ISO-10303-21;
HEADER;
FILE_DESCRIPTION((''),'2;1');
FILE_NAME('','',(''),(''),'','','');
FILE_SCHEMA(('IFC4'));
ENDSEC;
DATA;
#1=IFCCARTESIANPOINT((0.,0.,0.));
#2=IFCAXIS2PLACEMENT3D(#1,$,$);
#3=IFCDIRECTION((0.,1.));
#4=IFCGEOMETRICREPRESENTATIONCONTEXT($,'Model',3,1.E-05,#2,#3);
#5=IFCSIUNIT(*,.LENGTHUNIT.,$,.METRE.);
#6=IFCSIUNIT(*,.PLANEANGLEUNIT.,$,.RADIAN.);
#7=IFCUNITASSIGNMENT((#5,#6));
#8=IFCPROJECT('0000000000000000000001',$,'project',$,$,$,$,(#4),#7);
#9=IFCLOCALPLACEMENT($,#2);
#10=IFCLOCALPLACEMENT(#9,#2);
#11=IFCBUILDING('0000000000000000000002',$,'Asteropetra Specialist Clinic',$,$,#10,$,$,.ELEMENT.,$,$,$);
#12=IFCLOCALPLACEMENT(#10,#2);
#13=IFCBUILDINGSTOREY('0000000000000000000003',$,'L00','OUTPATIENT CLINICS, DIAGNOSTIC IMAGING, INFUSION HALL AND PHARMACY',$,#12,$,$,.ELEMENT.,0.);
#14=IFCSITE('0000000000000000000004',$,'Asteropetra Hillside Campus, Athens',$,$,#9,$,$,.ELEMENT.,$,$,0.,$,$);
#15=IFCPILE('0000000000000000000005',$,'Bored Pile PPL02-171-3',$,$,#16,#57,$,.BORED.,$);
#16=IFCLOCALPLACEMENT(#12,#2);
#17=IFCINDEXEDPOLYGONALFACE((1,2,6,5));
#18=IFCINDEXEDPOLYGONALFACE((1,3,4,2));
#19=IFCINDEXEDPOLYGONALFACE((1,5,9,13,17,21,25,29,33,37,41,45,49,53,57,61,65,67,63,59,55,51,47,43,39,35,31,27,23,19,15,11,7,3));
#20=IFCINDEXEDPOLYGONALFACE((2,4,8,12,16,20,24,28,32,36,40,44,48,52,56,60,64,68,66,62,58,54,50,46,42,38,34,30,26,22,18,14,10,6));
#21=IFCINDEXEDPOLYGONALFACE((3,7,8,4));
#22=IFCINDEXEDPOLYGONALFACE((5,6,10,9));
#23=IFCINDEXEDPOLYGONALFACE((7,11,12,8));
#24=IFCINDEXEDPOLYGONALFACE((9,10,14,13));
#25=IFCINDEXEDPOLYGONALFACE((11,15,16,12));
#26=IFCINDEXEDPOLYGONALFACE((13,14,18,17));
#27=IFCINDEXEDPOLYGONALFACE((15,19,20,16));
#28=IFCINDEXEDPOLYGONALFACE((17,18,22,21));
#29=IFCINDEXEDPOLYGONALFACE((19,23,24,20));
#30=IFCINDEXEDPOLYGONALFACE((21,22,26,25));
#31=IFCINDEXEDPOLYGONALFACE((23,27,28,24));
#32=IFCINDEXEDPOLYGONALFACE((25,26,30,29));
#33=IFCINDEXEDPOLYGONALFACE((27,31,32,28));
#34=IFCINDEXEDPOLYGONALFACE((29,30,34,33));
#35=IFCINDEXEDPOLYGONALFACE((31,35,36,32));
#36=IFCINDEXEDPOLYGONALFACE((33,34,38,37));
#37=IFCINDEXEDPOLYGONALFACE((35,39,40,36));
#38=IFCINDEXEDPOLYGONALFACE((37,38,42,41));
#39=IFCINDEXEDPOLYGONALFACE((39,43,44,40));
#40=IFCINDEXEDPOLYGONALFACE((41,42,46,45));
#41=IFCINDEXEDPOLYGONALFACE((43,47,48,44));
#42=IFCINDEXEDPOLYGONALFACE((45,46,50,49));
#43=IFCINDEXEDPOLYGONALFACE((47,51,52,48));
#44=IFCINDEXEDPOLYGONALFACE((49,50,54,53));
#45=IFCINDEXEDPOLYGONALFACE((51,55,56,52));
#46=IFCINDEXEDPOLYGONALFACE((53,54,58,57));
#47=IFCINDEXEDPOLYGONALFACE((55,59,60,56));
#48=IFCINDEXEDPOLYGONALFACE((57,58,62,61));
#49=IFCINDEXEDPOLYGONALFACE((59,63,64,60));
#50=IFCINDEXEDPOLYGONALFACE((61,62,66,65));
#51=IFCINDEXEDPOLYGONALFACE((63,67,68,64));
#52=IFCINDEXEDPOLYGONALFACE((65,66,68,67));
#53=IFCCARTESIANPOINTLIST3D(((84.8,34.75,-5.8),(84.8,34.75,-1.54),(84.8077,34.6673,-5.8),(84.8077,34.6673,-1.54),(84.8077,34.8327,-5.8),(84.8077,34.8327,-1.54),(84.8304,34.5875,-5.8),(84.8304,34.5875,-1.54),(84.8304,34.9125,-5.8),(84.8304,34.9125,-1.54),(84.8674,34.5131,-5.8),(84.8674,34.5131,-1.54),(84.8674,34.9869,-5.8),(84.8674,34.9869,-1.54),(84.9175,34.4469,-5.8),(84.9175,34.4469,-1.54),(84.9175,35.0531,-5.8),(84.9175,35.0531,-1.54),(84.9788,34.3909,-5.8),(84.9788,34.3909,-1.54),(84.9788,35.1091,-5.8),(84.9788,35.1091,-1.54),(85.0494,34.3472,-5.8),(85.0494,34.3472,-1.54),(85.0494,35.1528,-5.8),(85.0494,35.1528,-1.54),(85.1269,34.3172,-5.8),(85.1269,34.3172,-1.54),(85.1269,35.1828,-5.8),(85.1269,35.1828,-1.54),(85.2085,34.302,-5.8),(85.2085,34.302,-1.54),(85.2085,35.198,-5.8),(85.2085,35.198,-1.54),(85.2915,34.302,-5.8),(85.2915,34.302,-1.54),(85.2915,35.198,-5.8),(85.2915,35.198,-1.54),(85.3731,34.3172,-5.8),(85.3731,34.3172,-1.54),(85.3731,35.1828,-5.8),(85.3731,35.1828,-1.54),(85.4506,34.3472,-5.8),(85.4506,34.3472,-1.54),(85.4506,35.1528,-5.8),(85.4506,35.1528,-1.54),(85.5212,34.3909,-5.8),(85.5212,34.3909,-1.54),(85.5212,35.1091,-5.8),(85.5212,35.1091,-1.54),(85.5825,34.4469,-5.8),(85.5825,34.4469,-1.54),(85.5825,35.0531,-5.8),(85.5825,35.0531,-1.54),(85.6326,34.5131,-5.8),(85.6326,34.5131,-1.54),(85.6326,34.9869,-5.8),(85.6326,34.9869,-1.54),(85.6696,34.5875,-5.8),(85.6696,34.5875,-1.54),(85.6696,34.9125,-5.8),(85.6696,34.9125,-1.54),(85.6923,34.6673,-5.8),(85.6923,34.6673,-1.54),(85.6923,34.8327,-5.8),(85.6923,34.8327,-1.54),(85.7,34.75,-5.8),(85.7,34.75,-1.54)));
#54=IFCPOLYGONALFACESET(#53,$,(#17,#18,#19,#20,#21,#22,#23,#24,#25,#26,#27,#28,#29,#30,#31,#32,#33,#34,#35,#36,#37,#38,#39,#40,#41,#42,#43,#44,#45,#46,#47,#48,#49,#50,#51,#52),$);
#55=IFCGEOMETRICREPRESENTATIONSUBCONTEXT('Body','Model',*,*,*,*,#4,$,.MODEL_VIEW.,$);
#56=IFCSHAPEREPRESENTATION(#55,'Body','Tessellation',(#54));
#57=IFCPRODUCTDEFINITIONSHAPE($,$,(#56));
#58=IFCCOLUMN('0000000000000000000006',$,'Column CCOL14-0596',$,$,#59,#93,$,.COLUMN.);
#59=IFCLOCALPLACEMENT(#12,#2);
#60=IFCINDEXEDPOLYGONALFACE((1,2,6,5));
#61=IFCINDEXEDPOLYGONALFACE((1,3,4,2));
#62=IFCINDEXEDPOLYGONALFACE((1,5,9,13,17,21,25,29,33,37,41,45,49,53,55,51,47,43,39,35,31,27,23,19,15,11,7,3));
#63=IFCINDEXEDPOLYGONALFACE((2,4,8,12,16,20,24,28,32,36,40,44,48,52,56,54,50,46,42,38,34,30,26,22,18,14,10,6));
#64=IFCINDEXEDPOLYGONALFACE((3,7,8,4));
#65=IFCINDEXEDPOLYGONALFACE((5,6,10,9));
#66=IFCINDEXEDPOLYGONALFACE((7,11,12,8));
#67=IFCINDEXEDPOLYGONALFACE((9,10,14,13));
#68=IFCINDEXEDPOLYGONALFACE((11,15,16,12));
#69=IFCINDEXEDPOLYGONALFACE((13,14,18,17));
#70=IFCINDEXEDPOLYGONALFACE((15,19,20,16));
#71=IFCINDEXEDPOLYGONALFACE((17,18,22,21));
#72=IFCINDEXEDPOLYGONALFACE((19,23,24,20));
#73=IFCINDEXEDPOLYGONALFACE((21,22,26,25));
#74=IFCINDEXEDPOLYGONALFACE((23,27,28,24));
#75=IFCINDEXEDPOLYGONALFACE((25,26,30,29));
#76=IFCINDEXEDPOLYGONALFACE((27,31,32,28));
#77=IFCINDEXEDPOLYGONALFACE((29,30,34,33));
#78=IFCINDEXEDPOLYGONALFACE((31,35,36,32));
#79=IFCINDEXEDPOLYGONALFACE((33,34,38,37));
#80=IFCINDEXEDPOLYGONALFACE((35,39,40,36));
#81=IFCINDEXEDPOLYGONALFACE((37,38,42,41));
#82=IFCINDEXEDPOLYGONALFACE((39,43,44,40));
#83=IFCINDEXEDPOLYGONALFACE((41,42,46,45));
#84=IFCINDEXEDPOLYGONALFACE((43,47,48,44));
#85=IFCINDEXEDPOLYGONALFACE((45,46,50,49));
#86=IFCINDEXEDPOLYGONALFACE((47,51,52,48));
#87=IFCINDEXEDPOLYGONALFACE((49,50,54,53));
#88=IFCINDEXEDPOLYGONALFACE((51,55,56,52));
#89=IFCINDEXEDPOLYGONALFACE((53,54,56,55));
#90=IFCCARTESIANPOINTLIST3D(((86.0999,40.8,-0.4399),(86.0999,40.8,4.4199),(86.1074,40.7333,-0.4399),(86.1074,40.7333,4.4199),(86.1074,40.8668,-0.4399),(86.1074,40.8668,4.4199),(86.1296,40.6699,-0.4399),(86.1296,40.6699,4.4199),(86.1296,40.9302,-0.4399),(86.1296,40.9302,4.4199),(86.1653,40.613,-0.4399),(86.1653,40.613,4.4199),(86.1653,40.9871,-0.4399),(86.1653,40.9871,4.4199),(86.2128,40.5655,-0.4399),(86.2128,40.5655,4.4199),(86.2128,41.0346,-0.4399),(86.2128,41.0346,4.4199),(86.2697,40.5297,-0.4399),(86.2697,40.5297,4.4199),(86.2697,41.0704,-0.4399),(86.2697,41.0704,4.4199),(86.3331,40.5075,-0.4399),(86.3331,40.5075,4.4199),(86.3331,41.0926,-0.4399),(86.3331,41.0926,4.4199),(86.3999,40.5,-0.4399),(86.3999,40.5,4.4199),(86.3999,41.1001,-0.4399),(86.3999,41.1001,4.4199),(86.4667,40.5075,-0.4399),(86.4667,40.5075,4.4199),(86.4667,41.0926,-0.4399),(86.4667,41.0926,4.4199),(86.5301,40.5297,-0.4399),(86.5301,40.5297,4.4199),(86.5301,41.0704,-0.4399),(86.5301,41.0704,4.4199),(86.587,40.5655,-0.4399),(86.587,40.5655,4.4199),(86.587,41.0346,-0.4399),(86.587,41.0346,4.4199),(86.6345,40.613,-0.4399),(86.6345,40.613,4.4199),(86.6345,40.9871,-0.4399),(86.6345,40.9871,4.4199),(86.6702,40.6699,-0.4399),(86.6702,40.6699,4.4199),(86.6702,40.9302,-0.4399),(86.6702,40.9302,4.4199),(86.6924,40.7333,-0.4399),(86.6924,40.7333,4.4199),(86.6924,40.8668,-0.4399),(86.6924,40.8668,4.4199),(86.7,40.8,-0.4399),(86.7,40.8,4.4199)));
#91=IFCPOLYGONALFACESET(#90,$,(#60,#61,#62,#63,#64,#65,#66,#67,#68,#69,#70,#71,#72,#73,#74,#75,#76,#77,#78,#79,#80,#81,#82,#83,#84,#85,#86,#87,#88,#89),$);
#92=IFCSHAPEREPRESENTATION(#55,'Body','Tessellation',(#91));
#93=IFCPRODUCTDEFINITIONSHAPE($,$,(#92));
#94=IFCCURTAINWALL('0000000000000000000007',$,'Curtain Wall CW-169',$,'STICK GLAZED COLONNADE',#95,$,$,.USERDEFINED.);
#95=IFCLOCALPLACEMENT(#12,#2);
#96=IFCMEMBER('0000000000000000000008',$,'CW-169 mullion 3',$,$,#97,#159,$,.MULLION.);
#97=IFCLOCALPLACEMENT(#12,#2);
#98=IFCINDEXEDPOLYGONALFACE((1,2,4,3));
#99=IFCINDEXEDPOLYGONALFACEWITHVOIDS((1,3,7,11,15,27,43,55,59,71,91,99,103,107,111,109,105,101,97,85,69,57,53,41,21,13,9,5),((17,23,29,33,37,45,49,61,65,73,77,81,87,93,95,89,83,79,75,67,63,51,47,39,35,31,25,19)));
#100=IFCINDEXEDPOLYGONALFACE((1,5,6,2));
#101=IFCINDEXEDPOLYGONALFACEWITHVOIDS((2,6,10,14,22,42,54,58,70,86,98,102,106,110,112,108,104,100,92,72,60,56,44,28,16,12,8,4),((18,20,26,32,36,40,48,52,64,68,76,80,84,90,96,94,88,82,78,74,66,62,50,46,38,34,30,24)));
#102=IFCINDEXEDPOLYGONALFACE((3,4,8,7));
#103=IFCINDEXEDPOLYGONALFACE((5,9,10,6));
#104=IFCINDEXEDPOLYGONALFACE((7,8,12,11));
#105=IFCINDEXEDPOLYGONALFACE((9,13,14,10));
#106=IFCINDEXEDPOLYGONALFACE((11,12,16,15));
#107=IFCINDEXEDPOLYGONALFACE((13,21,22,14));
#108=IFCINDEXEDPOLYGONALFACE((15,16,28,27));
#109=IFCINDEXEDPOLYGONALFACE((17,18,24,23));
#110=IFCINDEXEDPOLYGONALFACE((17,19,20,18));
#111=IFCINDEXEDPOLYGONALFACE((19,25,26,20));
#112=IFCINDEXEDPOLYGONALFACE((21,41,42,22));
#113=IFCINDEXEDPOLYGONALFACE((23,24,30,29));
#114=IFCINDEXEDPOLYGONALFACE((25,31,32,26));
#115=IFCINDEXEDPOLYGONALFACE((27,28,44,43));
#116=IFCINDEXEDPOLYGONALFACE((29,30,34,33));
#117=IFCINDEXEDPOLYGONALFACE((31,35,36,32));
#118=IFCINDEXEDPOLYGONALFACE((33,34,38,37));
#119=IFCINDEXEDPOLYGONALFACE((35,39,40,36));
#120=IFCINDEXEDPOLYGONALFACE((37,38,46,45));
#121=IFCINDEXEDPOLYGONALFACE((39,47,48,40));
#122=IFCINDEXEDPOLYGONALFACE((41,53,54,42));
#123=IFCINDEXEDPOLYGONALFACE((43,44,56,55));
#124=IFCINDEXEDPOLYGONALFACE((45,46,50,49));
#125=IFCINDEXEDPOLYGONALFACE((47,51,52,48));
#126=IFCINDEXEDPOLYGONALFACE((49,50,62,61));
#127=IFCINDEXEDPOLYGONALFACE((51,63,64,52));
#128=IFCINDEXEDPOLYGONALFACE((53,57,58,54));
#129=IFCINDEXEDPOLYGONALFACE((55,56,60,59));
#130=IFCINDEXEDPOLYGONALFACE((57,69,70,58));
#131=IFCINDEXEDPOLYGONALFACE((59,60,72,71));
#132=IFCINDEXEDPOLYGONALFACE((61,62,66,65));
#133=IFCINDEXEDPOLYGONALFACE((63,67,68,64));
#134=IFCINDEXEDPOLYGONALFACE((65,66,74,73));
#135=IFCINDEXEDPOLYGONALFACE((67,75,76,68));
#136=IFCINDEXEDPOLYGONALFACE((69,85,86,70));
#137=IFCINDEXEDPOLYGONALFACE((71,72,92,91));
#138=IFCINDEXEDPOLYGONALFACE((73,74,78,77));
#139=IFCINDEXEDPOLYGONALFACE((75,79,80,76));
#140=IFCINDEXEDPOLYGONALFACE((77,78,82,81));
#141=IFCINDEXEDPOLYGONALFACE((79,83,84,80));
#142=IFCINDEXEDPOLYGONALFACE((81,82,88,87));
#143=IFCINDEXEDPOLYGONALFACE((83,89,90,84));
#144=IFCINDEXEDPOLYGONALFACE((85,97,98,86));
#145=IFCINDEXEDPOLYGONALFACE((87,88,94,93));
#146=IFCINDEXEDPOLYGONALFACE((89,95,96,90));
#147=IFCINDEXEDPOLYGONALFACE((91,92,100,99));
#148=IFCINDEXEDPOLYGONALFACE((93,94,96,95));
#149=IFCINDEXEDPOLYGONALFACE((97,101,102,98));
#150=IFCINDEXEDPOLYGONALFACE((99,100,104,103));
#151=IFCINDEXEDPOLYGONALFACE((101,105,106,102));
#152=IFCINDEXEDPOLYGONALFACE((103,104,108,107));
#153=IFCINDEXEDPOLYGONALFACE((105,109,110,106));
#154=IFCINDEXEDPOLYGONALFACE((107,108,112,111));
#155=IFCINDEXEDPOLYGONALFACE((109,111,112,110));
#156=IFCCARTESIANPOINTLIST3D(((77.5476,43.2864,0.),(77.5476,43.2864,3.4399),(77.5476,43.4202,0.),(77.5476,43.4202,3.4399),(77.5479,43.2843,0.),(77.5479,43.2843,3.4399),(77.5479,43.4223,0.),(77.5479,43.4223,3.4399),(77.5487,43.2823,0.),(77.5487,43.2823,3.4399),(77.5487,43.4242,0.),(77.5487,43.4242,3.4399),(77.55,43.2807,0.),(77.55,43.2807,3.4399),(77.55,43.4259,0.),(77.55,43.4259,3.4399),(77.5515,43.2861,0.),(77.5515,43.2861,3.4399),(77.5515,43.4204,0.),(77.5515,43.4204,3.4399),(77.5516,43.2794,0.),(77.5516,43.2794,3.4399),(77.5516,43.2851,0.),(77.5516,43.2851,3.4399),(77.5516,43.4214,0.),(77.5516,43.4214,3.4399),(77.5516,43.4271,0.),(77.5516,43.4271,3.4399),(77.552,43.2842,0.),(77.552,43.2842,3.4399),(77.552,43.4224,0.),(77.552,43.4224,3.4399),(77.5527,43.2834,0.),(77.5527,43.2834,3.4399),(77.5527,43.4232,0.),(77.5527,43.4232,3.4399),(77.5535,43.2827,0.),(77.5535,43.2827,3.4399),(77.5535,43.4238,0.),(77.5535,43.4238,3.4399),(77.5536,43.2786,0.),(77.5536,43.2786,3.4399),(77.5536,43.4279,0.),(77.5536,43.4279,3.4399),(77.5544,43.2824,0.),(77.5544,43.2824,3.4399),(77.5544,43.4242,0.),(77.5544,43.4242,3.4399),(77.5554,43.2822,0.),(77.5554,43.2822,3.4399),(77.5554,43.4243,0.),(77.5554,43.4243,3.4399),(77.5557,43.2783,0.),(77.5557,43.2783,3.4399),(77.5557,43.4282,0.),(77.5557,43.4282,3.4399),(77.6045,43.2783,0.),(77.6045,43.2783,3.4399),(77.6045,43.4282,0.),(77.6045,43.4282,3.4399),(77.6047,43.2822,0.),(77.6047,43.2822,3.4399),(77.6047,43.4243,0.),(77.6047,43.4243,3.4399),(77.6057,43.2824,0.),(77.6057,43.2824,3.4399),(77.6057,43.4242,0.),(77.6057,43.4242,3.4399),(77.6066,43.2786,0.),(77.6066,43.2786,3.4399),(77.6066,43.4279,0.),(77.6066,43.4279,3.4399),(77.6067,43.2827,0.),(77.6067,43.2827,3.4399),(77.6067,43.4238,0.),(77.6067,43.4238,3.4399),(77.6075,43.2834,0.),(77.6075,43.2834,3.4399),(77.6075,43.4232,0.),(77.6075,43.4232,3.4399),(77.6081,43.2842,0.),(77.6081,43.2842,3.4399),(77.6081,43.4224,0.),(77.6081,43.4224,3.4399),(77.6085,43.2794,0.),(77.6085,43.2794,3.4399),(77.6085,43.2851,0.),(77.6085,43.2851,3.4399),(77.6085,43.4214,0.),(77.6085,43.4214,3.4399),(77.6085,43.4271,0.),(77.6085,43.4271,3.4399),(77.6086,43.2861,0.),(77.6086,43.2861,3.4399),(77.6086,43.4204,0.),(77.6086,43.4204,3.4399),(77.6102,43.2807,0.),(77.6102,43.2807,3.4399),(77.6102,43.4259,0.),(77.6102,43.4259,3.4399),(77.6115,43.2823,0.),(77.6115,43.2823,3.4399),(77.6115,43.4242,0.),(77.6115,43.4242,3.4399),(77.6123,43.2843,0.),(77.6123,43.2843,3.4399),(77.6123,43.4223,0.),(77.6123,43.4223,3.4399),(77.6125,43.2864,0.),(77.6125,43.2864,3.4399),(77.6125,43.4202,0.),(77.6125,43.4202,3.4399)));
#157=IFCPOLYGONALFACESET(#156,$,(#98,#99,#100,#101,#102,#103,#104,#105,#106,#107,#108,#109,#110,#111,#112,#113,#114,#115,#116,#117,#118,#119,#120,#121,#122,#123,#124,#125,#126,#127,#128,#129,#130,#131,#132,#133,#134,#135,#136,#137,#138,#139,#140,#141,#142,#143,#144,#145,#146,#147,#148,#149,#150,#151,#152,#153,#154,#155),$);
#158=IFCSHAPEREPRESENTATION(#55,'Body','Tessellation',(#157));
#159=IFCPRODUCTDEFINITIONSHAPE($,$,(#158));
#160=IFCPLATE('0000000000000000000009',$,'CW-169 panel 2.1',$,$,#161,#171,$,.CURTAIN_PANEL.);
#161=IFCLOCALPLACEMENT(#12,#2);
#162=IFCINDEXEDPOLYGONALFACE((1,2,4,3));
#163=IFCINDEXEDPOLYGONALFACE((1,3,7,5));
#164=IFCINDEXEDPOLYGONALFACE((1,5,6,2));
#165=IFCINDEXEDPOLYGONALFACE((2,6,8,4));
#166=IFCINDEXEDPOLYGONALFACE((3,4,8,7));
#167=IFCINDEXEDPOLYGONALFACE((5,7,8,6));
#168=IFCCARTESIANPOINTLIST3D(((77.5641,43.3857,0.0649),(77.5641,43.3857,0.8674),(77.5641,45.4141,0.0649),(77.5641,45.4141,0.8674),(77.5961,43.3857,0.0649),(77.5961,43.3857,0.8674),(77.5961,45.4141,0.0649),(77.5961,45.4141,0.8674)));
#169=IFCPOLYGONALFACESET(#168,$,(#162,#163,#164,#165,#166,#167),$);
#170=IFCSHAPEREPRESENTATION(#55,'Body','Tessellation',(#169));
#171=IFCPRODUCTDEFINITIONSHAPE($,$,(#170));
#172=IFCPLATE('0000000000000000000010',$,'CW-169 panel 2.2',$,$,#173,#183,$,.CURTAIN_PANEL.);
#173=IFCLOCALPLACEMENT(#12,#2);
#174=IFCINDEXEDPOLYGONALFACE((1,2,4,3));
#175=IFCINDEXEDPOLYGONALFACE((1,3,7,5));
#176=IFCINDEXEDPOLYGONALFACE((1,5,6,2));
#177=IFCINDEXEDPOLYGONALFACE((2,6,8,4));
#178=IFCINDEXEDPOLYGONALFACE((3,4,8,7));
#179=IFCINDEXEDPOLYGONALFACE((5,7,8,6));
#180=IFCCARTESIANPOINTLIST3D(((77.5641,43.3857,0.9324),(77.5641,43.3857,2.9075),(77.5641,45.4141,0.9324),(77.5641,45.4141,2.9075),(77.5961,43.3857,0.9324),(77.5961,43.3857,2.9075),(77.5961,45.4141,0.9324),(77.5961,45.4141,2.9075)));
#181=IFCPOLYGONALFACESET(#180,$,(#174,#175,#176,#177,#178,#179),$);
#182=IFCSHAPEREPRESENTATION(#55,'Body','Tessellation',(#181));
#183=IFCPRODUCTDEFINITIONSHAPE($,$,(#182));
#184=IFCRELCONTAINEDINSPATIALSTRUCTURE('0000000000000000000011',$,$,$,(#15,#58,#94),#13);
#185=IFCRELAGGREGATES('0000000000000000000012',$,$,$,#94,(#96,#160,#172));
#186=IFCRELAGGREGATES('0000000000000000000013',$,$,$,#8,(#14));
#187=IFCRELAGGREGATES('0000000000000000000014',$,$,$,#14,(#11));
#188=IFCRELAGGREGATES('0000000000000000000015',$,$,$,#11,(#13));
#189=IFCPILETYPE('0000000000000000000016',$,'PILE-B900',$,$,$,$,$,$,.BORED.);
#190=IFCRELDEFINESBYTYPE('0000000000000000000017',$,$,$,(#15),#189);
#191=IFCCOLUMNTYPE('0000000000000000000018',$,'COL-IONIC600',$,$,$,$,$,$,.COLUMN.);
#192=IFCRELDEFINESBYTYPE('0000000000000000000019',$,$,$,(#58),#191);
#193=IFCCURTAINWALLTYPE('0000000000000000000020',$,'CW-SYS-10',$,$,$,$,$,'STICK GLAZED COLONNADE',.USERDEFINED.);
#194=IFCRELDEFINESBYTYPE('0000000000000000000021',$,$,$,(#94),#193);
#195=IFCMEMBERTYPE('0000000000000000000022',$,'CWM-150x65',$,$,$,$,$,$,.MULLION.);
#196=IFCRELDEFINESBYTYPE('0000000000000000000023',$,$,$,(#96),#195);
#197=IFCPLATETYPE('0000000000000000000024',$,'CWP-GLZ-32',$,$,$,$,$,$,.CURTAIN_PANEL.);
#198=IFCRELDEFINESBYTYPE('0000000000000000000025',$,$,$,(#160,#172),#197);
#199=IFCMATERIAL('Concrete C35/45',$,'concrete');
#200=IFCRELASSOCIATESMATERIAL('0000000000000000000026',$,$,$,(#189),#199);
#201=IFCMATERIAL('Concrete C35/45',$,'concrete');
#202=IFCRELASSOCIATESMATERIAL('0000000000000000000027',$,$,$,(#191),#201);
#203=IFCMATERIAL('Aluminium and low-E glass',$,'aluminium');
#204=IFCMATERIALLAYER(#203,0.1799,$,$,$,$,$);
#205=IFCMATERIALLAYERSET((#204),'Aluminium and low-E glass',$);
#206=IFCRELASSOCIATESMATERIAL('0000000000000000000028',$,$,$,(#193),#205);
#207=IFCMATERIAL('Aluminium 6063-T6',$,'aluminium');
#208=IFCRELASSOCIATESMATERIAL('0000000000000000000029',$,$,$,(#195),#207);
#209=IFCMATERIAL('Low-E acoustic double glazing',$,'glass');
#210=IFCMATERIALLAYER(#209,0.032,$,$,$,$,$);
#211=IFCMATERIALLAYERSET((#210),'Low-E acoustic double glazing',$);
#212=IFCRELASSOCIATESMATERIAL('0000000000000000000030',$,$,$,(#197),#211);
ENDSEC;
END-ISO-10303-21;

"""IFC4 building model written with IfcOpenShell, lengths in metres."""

from ifc_helpers import new_model, si_unit, direction, frame, origin, origin_2d, place, context, subcontext, project, spatial, rectangle, hollow_rectangle, circle, extrude, material, layer, layer_set, material_profile, profile_set, type_object, element, aggregate, save


model = new_model("IFC4")

# Units and contexts
model_context = context("Model", 3, precision=1e-05, world=origin(), true_north=direction((0.0, 1.0)))
body_context = subcontext(model_context, "Body", "Model", "MODEL_VIEW")
ifc_project = project(units=[si_unit("LENGTHUNIT", "METRE"), si_unit("PLANEANGLEUNIT", "RADIAN")], contexts=[model_context])

# Site, building, storey
site_placement = place(None, origin())
site = spatial("IfcSite", under=ifc_project, at=site_placement, Name="Asteropetra Hillside Campus, Athens", CompositionType="ELEMENT", RefElevation=0.0)
building_placement = place(site_placement, origin())
building = spatial("IfcBuilding", under=site, at=building_placement, Name="Asteropetra Specialist Clinic", CompositionType="ELEMENT")
storey_placement = place(building_placement, origin())
storey = spatial("IfcBuildingStorey", under=building, at=storey_placement, Name="L00", Description="OUTPATIENT CLINICS, DIAGNOSTIC IMAGING, INFUSION HALL AND PHARMACY", CompositionType="ELEMENT", Elevation=0.0)

# Pile
ifc_material_1 = material(Name="Concrete C35/45", Category="concrete")
ifc_material_profile_1 = material_profile(ifc_material_1, circle(Radius=0.45, at=origin_2d()), Name="PILE D900")
ifc_profile_set_1 = profile_set([ifc_material_profile_1], Name="Concrete C35/45")
pile_type_1 = type_object("IfcPileType", Name="PILE-B900", PredefinedType="BORED", material=ifc_profile_set_1)
pile_placement = place(storey_placement, frame((85.25, 34.75, -1.54), z_axis=(0.0, 0.0, -1.0), x_axis=(1.0, 0.0, 0.0)))
element("IfcPile", 1, at=pile_placement, inside=storey, type_object=pile_type_1, Name="Bored Pile PPL02-171-3", PredefinedType="BORED", context=body_context, shape_type="SweptSolid", body=[
    extrude(circle(Radius=0.45, at=origin_2d()), origin(), (0.0, 0.0, 1.0), 4.26),
])

# Column
ifc_material_2 = material(Name="Concrete C35/45", Category="concrete")
ifc_material_profile_2 = material_profile(ifc_material_2, circle(Radius=0.3, at=origin_2d()), Name="RCC D600")
ifc_profile_set_2 = profile_set([ifc_material_profile_2], Name="Concrete C35/45")
column_type = type_object("IfcColumnType", Name="COL-IONIC600", PredefinedType="COLUMN", material=ifc_profile_set_2)
column_placement = place(storey_placement, frame((86.3999, 40.8, -0.4399), z_axis=(0.0, 0.0, 1.0), x_axis=(1.0, 0.0, 0.0)))
element("IfcColumn", 2, at=column_placement, inside=storey, type_object=column_type, Name="Column CCOL14-0596", PredefinedType="COLUMN", context=body_context, shape_type="SweptSolid", body=[
    extrude(circle(Radius=0.3, at=origin_2d()), origin(), (0.0, 0.0, 1.0), 4.8599),
])

# Curtain wall, member, plates
ifc_material_3 = material(Name="Aluminium and low-E glass", Category="aluminium")
ifc_layer_1 = layer(ifc_material_3, 0.1799)
ifc_layer_set_1 = layer_set([ifc_layer_1], Name="Aluminium and low-E glass")
curtain_wall_type = type_object("IfcCurtainWallType", Name="CW-SYS-10", ElementType="STICK GLAZED COLONNADE", PredefinedType="USERDEFINED", material=ifc_layer_set_1)
curtain_wall_placement = place(storey_placement, origin())
curtain_wall = element("IfcCurtainWall", 3, at=curtain_wall_placement, inside=storey, type_object=curtain_wall_type, Name="Curtain Wall CW-169", ObjectType="STICK GLAZED COLONNADE", PredefinedType="USERDEFINED")
ifc_material_4 = material(Name="Aluminium 6063-T6", Category="aluminium")
ifc_material_profile_3 = material_profile(ifc_material_4, hollow_rectangle(XDim=0.0649, YDim=0.1499, WallThickness=0.0039, InnerFilletRadius=0.0039, OuterFilletRadius=0.0081, at=origin_2d()), Name="MUL 150x65x4.0")
ifc_profile_set_3 = profile_set([ifc_material_profile_3], Name="Aluminium 6063-T6")
member_type = type_object("IfcMemberType", Name="CWM-150x65", PredefinedType="MULLION", material=ifc_profile_set_3)
member_placement = place(storey_placement, frame((77.5801, 43.3533, 0.0), z_axis=(0.0, 0.0, 1.0), x_axis=(1.0, 0.0, 0.0)))
member = element("IfcMember", 4, at=member_placement, type_object=member_type, Name="CW-169 mullion 3", PredefinedType="MULLION", context=body_context, shape_type="SweptSolid", body=[
    extrude(hollow_rectangle(XDim=0.0649, YDim=0.1499, WallThickness=0.0039, InnerFilletRadius=0.0039, OuterFilletRadius=0.0081, at=origin_2d()), origin(), (0.0, 0.0, 1.0), 3.4399),
])
ifc_material_5 = material(Name="Low-E acoustic double glazing", Category="glass")
ifc_layer_2 = layer(ifc_material_5, 0.032)
ifc_layer_set_2 = layer_set([ifc_layer_2], Name="Low-E acoustic double glazing")
plate_type = type_object("IfcPlateType", Name="CWP-GLZ-32", PredefinedType="CURTAIN_PANEL", material=ifc_layer_set_2)
plate_1_placement = place(storey_placement, frame((77.5801, 44.3999, 0.0649), z_axis=(0.0, 0.0, 1.0), x_axis=(0.0, -1.0, 0.0)))
plate_1 = element("IfcPlate", 5, at=plate_1_placement, type_object=plate_type, Name="CW-169 panel 2.1", PredefinedType="CURTAIN_PANEL", context=body_context, shape_type="SweptSolid", body=[
    extrude(rectangle(XDim=2.0283, YDim=0.032, at=origin_2d()), origin(), (0.0, 0.0, 1.0), 0.8025),
])
plate_2_placement = place(storey_placement, frame((77.5801, 44.3999, 0.9324), z_axis=(0.0, 0.0, 1.0), x_axis=(0.0, -1.0, 0.0)))
plate_2 = element("IfcPlate", 6, at=plate_2_placement, type_object=plate_type, Name="CW-169 panel 2.2", PredefinedType="CURTAIN_PANEL", context=body_context, shape_type="SweptSolid", body=[
    extrude(rectangle(XDim=2.0283, YDim=0.032, at=origin_2d()), origin(), (0.0, 0.0, 1.0), 1.9751),
])
aggregate(curtain_wall, [member, plate_1, plate_2])

save(model, "model.ifc")
